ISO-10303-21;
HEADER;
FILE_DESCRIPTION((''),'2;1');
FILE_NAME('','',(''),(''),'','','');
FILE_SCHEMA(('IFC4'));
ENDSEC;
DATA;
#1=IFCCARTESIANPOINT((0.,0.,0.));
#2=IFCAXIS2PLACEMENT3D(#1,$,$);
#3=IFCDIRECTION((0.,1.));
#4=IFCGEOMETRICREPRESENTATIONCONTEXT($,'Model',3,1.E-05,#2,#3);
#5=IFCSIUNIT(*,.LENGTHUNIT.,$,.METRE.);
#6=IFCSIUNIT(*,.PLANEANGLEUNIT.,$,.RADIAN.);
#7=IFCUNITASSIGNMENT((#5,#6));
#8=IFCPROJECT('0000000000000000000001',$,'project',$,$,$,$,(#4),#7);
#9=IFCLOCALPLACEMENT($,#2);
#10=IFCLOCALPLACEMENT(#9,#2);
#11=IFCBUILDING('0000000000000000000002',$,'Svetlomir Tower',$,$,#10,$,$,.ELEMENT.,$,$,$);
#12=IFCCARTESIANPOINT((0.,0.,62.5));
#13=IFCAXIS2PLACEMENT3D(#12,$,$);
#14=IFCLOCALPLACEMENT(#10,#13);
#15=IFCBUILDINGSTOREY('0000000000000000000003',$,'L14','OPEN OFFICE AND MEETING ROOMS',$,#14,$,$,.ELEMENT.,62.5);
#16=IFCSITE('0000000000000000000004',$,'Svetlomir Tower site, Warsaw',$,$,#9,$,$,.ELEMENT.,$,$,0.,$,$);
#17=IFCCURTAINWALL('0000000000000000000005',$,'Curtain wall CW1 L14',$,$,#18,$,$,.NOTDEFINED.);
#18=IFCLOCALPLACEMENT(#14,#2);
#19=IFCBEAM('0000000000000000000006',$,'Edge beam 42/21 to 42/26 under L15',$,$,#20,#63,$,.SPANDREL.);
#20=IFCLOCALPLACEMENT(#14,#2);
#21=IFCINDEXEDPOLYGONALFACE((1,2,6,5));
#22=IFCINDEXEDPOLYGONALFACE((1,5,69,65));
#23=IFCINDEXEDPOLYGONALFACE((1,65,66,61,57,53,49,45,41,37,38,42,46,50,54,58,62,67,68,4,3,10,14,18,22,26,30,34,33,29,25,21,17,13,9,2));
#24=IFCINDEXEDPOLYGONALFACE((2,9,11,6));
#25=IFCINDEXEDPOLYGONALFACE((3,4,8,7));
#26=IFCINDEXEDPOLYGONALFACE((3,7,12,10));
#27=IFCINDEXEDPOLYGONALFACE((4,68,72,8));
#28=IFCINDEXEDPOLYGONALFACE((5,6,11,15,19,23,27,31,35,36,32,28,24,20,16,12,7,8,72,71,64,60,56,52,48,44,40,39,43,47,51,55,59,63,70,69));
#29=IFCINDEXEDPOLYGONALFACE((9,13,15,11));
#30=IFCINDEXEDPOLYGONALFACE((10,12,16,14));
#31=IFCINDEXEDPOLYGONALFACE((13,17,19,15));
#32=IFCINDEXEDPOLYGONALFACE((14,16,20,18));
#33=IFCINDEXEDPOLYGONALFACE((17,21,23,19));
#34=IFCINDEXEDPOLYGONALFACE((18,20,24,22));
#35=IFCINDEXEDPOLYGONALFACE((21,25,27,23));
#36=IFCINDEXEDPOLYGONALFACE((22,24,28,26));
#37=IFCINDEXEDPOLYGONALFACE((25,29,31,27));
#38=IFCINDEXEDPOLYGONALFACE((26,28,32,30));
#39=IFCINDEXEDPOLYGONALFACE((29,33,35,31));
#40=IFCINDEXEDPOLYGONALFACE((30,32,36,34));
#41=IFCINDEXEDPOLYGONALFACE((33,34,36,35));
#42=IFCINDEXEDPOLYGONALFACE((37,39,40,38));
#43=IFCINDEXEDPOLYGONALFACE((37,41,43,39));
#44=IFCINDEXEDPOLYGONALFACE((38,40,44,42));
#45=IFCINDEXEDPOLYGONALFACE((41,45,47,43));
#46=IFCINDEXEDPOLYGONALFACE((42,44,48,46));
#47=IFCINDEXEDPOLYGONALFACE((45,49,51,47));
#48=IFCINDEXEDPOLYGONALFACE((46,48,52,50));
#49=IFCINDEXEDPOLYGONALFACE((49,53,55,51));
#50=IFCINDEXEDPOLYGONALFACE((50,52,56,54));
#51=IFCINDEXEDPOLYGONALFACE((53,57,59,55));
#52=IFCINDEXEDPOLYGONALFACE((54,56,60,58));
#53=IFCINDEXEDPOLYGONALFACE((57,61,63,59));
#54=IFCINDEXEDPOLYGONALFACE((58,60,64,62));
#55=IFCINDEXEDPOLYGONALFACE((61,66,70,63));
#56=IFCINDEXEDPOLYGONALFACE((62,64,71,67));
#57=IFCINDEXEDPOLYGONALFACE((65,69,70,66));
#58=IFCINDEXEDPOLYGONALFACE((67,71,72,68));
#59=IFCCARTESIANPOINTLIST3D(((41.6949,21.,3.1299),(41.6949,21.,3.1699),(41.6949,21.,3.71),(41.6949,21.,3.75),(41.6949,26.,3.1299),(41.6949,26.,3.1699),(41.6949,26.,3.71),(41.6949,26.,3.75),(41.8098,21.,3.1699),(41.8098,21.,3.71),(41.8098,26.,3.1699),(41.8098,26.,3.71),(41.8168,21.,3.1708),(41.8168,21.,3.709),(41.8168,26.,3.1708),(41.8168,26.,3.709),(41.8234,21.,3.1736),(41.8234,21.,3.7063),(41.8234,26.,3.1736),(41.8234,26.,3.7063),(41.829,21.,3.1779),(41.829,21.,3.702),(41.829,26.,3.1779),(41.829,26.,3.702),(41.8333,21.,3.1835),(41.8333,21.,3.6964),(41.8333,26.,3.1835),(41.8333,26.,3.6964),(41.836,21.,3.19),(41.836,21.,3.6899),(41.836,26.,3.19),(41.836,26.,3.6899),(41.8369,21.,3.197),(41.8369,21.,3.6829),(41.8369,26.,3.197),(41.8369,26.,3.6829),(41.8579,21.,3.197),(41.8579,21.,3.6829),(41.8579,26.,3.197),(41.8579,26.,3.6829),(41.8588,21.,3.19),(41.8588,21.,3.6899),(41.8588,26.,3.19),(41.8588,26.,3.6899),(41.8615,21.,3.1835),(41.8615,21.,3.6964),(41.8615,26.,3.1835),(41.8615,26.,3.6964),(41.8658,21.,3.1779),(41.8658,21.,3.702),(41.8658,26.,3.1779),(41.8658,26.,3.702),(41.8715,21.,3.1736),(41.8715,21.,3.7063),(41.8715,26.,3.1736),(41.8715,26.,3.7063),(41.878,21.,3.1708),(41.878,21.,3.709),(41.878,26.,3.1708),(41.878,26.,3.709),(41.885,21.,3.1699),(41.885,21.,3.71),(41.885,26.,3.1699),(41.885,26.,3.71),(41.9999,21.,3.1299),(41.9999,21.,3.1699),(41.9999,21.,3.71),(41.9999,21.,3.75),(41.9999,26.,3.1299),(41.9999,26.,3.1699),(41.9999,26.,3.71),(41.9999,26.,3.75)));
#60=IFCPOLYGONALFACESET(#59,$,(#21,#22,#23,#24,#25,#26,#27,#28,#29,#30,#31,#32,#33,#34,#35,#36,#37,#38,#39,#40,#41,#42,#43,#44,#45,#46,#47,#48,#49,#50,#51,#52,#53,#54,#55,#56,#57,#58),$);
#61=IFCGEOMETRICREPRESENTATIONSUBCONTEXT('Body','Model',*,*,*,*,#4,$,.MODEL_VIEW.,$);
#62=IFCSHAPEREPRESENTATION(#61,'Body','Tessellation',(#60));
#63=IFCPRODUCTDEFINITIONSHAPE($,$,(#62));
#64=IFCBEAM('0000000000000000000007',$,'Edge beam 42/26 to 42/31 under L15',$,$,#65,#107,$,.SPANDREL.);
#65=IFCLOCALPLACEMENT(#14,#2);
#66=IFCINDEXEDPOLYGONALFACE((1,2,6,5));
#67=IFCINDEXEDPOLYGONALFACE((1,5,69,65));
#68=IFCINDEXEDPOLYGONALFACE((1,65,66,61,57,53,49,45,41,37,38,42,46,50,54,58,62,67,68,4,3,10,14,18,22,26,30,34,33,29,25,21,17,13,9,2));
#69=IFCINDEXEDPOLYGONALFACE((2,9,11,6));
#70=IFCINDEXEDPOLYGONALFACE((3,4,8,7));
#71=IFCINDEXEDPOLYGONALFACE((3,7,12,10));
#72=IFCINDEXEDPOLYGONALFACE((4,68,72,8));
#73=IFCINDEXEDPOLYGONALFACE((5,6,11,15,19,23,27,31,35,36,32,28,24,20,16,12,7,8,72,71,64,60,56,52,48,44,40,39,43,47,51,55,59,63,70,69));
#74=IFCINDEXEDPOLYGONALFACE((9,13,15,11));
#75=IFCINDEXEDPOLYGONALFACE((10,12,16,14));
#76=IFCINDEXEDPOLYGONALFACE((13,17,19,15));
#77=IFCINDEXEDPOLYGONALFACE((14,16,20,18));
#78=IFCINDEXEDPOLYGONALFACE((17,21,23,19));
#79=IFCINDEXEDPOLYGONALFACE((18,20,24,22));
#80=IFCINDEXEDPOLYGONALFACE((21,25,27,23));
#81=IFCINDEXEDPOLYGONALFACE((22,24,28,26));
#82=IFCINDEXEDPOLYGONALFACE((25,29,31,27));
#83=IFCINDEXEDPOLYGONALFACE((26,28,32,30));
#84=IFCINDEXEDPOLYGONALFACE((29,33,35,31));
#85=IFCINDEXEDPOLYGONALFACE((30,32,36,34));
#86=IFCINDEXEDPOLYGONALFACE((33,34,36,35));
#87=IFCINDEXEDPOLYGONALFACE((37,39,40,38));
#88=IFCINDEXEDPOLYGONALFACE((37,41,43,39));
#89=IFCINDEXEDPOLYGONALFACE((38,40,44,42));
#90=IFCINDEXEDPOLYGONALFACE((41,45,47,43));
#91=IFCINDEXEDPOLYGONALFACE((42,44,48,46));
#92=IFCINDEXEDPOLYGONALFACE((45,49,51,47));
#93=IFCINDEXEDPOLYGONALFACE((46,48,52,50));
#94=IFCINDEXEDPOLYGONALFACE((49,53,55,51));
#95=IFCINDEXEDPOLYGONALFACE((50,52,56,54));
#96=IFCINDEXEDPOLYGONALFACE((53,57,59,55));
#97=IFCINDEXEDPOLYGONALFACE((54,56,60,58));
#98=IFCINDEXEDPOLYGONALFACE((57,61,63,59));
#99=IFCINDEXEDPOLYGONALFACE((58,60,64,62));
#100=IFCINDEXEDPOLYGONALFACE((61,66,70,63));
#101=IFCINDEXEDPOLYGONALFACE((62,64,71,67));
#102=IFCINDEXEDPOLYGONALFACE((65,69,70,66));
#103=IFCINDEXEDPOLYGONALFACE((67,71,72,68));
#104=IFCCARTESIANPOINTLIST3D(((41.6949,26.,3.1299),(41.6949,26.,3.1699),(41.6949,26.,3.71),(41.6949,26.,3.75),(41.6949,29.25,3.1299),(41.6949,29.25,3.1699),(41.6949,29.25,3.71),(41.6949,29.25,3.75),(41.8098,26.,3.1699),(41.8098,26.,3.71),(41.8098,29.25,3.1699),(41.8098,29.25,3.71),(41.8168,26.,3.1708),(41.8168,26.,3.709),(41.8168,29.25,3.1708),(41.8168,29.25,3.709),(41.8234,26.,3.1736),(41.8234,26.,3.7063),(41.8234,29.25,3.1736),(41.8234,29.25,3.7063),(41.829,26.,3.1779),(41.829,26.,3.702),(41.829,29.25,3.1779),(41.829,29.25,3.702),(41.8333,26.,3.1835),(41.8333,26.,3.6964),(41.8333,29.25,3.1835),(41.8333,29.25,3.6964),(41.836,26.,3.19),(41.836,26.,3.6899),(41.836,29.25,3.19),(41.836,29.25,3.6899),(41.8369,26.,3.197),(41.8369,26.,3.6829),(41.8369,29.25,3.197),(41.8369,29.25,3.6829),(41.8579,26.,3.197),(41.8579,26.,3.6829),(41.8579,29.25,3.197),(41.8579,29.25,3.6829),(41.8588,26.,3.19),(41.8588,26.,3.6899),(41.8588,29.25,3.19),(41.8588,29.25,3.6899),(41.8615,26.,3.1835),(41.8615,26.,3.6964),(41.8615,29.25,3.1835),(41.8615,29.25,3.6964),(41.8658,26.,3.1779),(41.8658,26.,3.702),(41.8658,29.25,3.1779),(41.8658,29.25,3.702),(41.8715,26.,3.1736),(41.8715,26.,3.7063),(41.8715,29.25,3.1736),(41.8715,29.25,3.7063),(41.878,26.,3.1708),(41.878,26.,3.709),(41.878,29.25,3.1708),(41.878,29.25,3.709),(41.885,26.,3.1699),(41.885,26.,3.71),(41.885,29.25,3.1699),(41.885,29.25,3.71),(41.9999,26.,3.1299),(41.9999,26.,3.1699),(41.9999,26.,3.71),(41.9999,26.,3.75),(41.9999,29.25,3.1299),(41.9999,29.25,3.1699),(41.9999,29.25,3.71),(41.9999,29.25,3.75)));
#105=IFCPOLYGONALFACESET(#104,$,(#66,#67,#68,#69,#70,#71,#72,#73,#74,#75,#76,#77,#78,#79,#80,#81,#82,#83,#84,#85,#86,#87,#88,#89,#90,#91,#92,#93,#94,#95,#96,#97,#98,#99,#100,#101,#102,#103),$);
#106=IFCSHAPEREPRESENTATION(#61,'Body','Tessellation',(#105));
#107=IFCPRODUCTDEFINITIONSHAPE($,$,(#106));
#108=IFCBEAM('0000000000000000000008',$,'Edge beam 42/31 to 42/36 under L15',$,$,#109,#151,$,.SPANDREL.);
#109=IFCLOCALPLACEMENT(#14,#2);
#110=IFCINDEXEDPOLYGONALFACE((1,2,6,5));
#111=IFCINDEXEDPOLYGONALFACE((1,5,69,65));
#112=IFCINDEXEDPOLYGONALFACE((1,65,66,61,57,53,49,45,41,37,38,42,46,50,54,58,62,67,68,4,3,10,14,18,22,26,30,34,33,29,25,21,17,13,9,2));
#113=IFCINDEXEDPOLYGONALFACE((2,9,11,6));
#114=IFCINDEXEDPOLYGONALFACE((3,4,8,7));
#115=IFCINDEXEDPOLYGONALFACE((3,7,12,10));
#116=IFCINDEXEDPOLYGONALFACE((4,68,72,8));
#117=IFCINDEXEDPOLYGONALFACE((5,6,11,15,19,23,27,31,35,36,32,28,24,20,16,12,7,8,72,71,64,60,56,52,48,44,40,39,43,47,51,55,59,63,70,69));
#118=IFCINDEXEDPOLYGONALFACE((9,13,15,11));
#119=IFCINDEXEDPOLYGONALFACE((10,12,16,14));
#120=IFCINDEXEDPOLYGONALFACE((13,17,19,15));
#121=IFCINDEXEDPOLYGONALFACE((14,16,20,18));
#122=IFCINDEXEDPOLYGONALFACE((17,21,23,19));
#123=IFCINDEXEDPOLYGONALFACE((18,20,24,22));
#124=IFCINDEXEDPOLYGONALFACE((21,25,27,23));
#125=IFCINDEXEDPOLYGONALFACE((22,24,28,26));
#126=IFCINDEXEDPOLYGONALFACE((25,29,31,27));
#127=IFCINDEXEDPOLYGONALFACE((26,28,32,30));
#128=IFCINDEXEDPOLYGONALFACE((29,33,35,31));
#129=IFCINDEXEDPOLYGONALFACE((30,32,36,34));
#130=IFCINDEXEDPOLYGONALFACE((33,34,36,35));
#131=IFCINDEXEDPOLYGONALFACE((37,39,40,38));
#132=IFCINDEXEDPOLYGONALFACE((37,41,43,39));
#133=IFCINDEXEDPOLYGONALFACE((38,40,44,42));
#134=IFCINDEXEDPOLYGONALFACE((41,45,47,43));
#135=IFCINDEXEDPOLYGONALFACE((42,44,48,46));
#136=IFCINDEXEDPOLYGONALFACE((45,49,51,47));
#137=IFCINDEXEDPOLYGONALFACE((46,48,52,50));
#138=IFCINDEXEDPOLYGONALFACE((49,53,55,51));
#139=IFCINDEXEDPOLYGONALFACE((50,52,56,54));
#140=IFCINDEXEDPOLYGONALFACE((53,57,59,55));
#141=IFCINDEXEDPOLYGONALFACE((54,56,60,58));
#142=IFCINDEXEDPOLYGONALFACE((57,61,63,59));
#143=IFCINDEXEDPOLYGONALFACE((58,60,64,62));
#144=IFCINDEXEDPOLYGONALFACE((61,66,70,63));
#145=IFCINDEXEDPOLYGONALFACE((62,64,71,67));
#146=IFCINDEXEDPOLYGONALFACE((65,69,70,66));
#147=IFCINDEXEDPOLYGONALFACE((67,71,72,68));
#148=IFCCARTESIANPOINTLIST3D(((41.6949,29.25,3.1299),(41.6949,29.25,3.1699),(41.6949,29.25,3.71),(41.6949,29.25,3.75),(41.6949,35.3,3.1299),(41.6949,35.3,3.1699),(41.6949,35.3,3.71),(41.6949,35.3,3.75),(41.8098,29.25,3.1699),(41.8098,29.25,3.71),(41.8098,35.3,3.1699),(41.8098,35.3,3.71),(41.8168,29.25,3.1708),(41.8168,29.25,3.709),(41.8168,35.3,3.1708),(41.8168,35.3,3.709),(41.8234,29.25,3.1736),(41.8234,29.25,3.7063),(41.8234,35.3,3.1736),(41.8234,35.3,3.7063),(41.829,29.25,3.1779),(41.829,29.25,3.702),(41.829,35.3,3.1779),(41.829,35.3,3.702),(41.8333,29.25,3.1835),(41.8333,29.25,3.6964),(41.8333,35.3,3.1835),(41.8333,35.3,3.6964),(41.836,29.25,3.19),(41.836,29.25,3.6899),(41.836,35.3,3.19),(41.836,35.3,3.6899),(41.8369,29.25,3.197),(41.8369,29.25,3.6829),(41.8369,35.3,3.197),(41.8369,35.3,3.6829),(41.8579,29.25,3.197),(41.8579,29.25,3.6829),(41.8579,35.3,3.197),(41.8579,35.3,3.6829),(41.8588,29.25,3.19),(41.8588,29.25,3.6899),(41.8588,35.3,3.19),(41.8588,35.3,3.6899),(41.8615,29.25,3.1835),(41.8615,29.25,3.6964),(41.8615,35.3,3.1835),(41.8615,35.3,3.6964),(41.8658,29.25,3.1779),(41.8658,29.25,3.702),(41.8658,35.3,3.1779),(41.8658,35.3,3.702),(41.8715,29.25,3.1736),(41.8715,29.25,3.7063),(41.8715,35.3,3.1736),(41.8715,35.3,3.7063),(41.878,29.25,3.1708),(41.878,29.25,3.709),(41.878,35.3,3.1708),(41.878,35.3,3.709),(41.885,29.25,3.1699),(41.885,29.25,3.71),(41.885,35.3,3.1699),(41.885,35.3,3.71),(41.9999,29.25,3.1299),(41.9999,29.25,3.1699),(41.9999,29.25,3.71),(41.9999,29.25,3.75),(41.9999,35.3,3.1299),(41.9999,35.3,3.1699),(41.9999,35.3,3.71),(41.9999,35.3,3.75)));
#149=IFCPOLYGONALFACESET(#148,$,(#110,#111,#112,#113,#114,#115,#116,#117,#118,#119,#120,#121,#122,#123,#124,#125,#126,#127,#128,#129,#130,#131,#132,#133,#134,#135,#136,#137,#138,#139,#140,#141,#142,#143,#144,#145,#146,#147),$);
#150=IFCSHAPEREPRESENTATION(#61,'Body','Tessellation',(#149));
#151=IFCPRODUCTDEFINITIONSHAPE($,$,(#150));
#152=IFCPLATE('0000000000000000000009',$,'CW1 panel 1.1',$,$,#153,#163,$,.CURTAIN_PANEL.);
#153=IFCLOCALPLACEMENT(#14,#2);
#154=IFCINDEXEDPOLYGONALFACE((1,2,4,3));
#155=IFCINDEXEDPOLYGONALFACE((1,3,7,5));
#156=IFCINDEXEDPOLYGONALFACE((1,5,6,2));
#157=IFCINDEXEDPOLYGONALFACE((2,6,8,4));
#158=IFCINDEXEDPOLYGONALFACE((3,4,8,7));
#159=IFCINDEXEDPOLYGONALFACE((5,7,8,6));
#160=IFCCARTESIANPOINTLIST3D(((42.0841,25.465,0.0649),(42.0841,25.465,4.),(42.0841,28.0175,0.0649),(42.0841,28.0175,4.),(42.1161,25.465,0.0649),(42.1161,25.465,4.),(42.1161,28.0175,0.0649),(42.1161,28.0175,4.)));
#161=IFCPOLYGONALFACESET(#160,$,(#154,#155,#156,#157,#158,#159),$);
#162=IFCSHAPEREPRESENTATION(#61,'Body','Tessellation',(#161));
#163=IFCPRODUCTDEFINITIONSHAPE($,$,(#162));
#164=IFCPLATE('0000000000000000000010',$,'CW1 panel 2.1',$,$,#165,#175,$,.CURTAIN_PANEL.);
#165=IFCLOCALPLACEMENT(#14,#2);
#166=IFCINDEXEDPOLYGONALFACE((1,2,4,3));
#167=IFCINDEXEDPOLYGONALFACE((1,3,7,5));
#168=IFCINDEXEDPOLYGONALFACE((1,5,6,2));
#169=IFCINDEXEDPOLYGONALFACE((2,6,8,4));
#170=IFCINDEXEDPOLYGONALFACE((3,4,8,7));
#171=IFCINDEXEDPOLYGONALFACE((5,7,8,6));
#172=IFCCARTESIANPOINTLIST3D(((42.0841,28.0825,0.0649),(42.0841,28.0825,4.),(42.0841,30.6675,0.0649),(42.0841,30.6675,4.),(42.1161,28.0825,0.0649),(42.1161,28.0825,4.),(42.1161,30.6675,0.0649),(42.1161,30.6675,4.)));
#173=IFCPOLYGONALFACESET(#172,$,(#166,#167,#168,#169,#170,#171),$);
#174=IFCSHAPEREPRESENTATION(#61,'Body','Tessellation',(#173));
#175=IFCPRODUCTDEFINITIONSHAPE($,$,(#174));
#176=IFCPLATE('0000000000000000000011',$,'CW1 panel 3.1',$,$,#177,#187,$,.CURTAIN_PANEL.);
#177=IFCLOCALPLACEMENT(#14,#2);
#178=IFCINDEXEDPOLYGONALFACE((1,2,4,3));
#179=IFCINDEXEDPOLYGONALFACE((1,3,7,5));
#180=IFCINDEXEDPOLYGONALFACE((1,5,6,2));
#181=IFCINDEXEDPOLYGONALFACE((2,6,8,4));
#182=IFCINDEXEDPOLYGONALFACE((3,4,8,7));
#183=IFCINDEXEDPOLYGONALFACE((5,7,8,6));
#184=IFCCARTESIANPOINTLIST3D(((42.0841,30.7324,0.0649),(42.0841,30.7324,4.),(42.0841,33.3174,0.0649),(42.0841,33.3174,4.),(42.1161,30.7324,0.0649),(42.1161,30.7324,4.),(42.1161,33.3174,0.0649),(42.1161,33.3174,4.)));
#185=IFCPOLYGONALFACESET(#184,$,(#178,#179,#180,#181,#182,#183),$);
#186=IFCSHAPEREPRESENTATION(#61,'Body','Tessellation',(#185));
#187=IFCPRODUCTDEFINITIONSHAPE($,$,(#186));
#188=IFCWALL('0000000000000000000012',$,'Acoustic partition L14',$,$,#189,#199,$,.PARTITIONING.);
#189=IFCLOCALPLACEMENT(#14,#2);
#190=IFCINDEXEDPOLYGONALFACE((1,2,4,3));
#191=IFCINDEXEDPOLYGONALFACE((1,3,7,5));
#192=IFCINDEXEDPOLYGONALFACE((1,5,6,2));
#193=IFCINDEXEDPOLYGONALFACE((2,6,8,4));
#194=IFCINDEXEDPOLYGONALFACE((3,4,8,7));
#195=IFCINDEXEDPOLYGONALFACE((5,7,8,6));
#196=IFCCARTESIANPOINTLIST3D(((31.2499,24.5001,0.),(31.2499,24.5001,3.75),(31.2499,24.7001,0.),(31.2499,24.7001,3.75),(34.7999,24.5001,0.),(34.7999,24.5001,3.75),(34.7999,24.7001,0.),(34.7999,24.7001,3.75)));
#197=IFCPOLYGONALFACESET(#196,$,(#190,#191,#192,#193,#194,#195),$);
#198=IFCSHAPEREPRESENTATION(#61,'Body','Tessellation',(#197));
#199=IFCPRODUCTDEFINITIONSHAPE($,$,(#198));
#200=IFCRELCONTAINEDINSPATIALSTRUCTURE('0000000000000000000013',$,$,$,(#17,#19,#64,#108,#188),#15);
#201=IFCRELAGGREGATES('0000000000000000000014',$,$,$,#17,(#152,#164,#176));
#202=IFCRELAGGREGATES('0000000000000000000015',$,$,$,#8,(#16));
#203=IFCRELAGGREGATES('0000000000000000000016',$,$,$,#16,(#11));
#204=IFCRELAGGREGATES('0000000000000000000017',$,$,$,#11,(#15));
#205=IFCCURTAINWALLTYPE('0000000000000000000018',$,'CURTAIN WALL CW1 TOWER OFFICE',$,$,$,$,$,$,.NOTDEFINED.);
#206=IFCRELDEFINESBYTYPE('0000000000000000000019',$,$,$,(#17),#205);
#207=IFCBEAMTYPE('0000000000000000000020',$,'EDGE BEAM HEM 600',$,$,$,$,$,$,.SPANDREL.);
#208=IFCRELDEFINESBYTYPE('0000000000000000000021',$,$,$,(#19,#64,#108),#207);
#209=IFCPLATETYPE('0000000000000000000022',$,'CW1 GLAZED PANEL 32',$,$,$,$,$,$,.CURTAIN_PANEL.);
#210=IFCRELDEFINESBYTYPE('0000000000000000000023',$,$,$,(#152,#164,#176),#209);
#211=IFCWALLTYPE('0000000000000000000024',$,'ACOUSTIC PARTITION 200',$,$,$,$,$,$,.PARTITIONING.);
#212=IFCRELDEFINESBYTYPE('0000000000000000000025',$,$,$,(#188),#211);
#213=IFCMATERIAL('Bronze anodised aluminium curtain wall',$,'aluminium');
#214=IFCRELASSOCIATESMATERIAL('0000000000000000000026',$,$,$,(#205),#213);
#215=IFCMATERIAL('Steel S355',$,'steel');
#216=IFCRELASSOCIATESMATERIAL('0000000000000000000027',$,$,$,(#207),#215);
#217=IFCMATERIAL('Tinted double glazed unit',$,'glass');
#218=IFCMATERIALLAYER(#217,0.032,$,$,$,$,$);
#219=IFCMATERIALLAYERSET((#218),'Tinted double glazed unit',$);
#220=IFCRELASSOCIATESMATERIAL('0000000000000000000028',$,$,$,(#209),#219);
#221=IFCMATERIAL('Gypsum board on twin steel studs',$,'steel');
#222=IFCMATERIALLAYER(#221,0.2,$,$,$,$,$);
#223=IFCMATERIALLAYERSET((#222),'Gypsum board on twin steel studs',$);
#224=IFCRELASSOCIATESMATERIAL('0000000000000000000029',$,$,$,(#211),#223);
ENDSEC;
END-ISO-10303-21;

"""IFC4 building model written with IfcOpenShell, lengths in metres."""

from ifc_helpers import new_model, si_unit, direction, frame, frame_2d, origin, origin_2d, place, context, subcontext, project, spatial, rectangle, i_section, extrude, material, layer, layer_set, material_profile, profile_set, type_object, element, aggregate, save


model = new_model("IFC4")

# Units and contexts
model_context = context("Model", 3, precision=1e-05, world=origin(), true_north=direction((0.0, 1.0)))
body_context = subcontext(model_context, "Body", "Model", "MODEL_VIEW")
ifc_project = project(units=[si_unit("LENGTHUNIT", "METRE"), si_unit("PLANEANGLEUNIT", "RADIAN")], contexts=[model_context])

# Site, building, storey
site_placement = place(None, origin())
site = spatial("IfcSite", under=ifc_project, at=site_placement, Name="Svetlomir Tower site, Warsaw", CompositionType="ELEMENT", RefElevation=0.0)
building_placement = place(site_placement, origin())
building = spatial("IfcBuilding", under=site, at=building_placement, Name="Svetlomir Tower", CompositionType="ELEMENT")
storey_placement = place(building_placement, frame((0.0, 0.0, 62.5)))
storey = spatial("IfcBuildingStorey", under=building, at=storey_placement, Name="L14", Description="OPEN OFFICE AND MEETING ROOMS", CompositionType="ELEMENT", Elevation=62.5)

# Shared definitions
ifc_material_1 = material(Name="Bronze anodised aluminium curtain wall", Category="aluminium")
curtain_wall_type = type_object("IfcCurtainWallType", Name="CURTAIN WALL CW1 TOWER OFFICE", PredefinedType="NOTDEFINED", material=ifc_material_1)

# Curtain wall
curtain_wall_1_placement = place(storey_placement, origin())
curtain_wall_1 = element("IfcCurtainWall", 1, at=curtain_wall_1_placement, inside=storey, type_object=curtain_wall_type, Name="Curtain wall CW1 L14", PredefinedType="NOTDEFINED")

# Beams
ifc_material_2 = material(Name="Steel S355", Category="steel")
ifc_material_profile_1 = material_profile(ifc_material_2, i_section(OverallWidth=0.3049, OverallDepth=0.6201, WebThickness=0.021, FlangeThickness=0.04, FilletRadius=0.0271, at=origin_2d()), Name="HEM 600")
ifc_profile_set_1 = profile_set([ifc_material_profile_1], Name="Steel S355")
beam_type_1 = type_object("IfcBeamType", Name="EDGE BEAM HEM 600", PredefinedType="SPANDREL", material=ifc_profile_set_1)
beam_1_placement = place(storey_placement, frame((41.8474, 21.0, 3.4399), z_axis=(0.0, 1.0, 0.0), x_axis=(-1.0, 0.0, 0.0)))
element("IfcBeam", 2, at=beam_1_placement, inside=storey, type_object=beam_type_1, Name="Edge beam 42/21 to 42/26 under L15", PredefinedType="SPANDREL", context=body_context, shape_type="SweptSolid", body=[
    extrude(i_section(OverallWidth=0.3049, OverallDepth=0.6201, WebThickness=0.021, FlangeThickness=0.04, FilletRadius=0.0271, at=origin_2d()), origin(), (0.0, 0.0, 1.0), 5.0),
])
beam_2_placement = place(storey_placement, frame((41.8474, 26.0, 3.4399), z_axis=(0.0, 1.0, 0.0), x_axis=(-1.0, 0.0, 0.0)))
element("IfcBeam", 3, at=beam_2_placement, inside=storey, type_object=beam_type_1, Name="Edge beam 42/26 to 42/31 under L15", PredefinedType="SPANDREL", context=body_context, shape_type="SweptSolid", body=[
    extrude(i_section(OverallWidth=0.3049, OverallDepth=0.6201, WebThickness=0.021, FlangeThickness=0.04, FilletRadius=0.0271, at=origin_2d()), origin(), (0.0, 0.0, 1.0), 3.25),
])
beam_3_placement = place(storey_placement, frame((41.8474, 29.25, 3.4399), z_axis=(0.0, 1.0, 0.0), x_axis=(-1.0, 0.0, 0.0)))
element("IfcBeam", 4, at=beam_3_placement, inside=storey, type_object=beam_type_1, Name="Edge beam 42/31 to 42/36 under L15", PredefinedType="SPANDREL", context=body_context, shape_type="SweptSolid", body=[
    extrude(i_section(OverallWidth=0.3049, OverallDepth=0.6201, WebThickness=0.021, FlangeThickness=0.04, FilletRadius=0.0271, at=origin_2d()), origin(), (0.0, 0.0, 1.0), 6.05),
])

# Plates
ifc_material_3 = material(Name="Tinted double glazed unit", Category="glass")
ifc_layer_1 = layer(ifc_material_3, 0.032)
ifc_layer_set_1 = layer_set([ifc_layer_1], Name="Tinted double glazed unit")
plate_type = type_object("IfcPlateType", Name="CW1 GLAZED PANEL 32", PredefinedType="CURTAIN_PANEL", material=ifc_layer_set_1)
plate_1_placement = place(storey_placement, frame((42.1001, 26.7412, 0.0649), z_axis=(0.0, 0.0, 1.0), x_axis=(0.0, 1.0, 0.0)))
plate_1 = element("IfcPlate", 5, at=plate_1_placement, type_object=plate_type, Name="CW1 panel 1.1", PredefinedType="CURTAIN_PANEL", context=body_context, shape_type="SweptSolid", body=[
    extrude(rectangle(XDim=2.5525, YDim=0.032, at=origin_2d()), origin(), (0.0, 0.0, 1.0), 3.9351),
])
plate_2_placement = place(storey_placement, frame((42.1001, 29.375, 0.0649), z_axis=(0.0, 0.0, 1.0), x_axis=(0.0, 1.0, 0.0)))
plate_2 = element("IfcPlate", 6, at=plate_2_placement, type_object=plate_type, Name="CW1 panel 2.1", PredefinedType="CURTAIN_PANEL", context=body_context, shape_type="SweptSolid", body=[
    extrude(rectangle(XDim=2.585, YDim=0.032, at=origin_2d()), origin(), (0.0, 0.0, 1.0), 3.9351),
])
plate_3_placement = place(storey_placement, frame((42.1001, 32.0249, 0.0649), z_axis=(0.0, 0.0, 1.0), x_axis=(0.0, 1.0, 0.0)))
plate_3 = element("IfcPlate", 7, at=plate_3_placement, type_object=plate_type, Name="CW1 panel 3.1", PredefinedType="CURTAIN_PANEL", context=body_context, shape_type="SweptSolid", body=[
    extrude(rectangle(XDim=2.585, YDim=0.032, at=origin_2d()), origin(), (0.0, 0.0, 1.0), 3.9351),
])
aggregate(curtain_wall_1, [plate_1, plate_2, plate_3])

# Wall
ifc_material_4 = material(Name="Gypsum board on twin steel studs", Category="steel")
ifc_layer_2 = layer(ifc_material_4, 0.2)
ifc_layer_set_2 = layer_set([ifc_layer_2], Name="Gypsum board on twin steel studs")
wall_type_1 = type_object("IfcWallType", Name="ACOUSTIC PARTITION 200", PredefinedType="PARTITIONING", material=ifc_layer_set_2)
wall_1_placement = place(storey_placement, frame((31.25, 24.6001, 0.0), z_axis=(0.0, 0.0, 1.0), x_axis=(1.0, 0.0, 0.0)))
element("IfcWall", 8, at=wall_1_placement, inside=storey, type_object=wall_type_1, Name="Acoustic partition L14", PredefinedType="PARTITIONING", context=body_context, shape_type="SweptSolid", body=[
    extrude(rectangle(XDim=3.55, YDim=0.2, at=frame_2d((1.7749, 0.0))), origin(), (0.0, 0.0, 1.0), 3.75),
])

save(model, "model.ifc")
